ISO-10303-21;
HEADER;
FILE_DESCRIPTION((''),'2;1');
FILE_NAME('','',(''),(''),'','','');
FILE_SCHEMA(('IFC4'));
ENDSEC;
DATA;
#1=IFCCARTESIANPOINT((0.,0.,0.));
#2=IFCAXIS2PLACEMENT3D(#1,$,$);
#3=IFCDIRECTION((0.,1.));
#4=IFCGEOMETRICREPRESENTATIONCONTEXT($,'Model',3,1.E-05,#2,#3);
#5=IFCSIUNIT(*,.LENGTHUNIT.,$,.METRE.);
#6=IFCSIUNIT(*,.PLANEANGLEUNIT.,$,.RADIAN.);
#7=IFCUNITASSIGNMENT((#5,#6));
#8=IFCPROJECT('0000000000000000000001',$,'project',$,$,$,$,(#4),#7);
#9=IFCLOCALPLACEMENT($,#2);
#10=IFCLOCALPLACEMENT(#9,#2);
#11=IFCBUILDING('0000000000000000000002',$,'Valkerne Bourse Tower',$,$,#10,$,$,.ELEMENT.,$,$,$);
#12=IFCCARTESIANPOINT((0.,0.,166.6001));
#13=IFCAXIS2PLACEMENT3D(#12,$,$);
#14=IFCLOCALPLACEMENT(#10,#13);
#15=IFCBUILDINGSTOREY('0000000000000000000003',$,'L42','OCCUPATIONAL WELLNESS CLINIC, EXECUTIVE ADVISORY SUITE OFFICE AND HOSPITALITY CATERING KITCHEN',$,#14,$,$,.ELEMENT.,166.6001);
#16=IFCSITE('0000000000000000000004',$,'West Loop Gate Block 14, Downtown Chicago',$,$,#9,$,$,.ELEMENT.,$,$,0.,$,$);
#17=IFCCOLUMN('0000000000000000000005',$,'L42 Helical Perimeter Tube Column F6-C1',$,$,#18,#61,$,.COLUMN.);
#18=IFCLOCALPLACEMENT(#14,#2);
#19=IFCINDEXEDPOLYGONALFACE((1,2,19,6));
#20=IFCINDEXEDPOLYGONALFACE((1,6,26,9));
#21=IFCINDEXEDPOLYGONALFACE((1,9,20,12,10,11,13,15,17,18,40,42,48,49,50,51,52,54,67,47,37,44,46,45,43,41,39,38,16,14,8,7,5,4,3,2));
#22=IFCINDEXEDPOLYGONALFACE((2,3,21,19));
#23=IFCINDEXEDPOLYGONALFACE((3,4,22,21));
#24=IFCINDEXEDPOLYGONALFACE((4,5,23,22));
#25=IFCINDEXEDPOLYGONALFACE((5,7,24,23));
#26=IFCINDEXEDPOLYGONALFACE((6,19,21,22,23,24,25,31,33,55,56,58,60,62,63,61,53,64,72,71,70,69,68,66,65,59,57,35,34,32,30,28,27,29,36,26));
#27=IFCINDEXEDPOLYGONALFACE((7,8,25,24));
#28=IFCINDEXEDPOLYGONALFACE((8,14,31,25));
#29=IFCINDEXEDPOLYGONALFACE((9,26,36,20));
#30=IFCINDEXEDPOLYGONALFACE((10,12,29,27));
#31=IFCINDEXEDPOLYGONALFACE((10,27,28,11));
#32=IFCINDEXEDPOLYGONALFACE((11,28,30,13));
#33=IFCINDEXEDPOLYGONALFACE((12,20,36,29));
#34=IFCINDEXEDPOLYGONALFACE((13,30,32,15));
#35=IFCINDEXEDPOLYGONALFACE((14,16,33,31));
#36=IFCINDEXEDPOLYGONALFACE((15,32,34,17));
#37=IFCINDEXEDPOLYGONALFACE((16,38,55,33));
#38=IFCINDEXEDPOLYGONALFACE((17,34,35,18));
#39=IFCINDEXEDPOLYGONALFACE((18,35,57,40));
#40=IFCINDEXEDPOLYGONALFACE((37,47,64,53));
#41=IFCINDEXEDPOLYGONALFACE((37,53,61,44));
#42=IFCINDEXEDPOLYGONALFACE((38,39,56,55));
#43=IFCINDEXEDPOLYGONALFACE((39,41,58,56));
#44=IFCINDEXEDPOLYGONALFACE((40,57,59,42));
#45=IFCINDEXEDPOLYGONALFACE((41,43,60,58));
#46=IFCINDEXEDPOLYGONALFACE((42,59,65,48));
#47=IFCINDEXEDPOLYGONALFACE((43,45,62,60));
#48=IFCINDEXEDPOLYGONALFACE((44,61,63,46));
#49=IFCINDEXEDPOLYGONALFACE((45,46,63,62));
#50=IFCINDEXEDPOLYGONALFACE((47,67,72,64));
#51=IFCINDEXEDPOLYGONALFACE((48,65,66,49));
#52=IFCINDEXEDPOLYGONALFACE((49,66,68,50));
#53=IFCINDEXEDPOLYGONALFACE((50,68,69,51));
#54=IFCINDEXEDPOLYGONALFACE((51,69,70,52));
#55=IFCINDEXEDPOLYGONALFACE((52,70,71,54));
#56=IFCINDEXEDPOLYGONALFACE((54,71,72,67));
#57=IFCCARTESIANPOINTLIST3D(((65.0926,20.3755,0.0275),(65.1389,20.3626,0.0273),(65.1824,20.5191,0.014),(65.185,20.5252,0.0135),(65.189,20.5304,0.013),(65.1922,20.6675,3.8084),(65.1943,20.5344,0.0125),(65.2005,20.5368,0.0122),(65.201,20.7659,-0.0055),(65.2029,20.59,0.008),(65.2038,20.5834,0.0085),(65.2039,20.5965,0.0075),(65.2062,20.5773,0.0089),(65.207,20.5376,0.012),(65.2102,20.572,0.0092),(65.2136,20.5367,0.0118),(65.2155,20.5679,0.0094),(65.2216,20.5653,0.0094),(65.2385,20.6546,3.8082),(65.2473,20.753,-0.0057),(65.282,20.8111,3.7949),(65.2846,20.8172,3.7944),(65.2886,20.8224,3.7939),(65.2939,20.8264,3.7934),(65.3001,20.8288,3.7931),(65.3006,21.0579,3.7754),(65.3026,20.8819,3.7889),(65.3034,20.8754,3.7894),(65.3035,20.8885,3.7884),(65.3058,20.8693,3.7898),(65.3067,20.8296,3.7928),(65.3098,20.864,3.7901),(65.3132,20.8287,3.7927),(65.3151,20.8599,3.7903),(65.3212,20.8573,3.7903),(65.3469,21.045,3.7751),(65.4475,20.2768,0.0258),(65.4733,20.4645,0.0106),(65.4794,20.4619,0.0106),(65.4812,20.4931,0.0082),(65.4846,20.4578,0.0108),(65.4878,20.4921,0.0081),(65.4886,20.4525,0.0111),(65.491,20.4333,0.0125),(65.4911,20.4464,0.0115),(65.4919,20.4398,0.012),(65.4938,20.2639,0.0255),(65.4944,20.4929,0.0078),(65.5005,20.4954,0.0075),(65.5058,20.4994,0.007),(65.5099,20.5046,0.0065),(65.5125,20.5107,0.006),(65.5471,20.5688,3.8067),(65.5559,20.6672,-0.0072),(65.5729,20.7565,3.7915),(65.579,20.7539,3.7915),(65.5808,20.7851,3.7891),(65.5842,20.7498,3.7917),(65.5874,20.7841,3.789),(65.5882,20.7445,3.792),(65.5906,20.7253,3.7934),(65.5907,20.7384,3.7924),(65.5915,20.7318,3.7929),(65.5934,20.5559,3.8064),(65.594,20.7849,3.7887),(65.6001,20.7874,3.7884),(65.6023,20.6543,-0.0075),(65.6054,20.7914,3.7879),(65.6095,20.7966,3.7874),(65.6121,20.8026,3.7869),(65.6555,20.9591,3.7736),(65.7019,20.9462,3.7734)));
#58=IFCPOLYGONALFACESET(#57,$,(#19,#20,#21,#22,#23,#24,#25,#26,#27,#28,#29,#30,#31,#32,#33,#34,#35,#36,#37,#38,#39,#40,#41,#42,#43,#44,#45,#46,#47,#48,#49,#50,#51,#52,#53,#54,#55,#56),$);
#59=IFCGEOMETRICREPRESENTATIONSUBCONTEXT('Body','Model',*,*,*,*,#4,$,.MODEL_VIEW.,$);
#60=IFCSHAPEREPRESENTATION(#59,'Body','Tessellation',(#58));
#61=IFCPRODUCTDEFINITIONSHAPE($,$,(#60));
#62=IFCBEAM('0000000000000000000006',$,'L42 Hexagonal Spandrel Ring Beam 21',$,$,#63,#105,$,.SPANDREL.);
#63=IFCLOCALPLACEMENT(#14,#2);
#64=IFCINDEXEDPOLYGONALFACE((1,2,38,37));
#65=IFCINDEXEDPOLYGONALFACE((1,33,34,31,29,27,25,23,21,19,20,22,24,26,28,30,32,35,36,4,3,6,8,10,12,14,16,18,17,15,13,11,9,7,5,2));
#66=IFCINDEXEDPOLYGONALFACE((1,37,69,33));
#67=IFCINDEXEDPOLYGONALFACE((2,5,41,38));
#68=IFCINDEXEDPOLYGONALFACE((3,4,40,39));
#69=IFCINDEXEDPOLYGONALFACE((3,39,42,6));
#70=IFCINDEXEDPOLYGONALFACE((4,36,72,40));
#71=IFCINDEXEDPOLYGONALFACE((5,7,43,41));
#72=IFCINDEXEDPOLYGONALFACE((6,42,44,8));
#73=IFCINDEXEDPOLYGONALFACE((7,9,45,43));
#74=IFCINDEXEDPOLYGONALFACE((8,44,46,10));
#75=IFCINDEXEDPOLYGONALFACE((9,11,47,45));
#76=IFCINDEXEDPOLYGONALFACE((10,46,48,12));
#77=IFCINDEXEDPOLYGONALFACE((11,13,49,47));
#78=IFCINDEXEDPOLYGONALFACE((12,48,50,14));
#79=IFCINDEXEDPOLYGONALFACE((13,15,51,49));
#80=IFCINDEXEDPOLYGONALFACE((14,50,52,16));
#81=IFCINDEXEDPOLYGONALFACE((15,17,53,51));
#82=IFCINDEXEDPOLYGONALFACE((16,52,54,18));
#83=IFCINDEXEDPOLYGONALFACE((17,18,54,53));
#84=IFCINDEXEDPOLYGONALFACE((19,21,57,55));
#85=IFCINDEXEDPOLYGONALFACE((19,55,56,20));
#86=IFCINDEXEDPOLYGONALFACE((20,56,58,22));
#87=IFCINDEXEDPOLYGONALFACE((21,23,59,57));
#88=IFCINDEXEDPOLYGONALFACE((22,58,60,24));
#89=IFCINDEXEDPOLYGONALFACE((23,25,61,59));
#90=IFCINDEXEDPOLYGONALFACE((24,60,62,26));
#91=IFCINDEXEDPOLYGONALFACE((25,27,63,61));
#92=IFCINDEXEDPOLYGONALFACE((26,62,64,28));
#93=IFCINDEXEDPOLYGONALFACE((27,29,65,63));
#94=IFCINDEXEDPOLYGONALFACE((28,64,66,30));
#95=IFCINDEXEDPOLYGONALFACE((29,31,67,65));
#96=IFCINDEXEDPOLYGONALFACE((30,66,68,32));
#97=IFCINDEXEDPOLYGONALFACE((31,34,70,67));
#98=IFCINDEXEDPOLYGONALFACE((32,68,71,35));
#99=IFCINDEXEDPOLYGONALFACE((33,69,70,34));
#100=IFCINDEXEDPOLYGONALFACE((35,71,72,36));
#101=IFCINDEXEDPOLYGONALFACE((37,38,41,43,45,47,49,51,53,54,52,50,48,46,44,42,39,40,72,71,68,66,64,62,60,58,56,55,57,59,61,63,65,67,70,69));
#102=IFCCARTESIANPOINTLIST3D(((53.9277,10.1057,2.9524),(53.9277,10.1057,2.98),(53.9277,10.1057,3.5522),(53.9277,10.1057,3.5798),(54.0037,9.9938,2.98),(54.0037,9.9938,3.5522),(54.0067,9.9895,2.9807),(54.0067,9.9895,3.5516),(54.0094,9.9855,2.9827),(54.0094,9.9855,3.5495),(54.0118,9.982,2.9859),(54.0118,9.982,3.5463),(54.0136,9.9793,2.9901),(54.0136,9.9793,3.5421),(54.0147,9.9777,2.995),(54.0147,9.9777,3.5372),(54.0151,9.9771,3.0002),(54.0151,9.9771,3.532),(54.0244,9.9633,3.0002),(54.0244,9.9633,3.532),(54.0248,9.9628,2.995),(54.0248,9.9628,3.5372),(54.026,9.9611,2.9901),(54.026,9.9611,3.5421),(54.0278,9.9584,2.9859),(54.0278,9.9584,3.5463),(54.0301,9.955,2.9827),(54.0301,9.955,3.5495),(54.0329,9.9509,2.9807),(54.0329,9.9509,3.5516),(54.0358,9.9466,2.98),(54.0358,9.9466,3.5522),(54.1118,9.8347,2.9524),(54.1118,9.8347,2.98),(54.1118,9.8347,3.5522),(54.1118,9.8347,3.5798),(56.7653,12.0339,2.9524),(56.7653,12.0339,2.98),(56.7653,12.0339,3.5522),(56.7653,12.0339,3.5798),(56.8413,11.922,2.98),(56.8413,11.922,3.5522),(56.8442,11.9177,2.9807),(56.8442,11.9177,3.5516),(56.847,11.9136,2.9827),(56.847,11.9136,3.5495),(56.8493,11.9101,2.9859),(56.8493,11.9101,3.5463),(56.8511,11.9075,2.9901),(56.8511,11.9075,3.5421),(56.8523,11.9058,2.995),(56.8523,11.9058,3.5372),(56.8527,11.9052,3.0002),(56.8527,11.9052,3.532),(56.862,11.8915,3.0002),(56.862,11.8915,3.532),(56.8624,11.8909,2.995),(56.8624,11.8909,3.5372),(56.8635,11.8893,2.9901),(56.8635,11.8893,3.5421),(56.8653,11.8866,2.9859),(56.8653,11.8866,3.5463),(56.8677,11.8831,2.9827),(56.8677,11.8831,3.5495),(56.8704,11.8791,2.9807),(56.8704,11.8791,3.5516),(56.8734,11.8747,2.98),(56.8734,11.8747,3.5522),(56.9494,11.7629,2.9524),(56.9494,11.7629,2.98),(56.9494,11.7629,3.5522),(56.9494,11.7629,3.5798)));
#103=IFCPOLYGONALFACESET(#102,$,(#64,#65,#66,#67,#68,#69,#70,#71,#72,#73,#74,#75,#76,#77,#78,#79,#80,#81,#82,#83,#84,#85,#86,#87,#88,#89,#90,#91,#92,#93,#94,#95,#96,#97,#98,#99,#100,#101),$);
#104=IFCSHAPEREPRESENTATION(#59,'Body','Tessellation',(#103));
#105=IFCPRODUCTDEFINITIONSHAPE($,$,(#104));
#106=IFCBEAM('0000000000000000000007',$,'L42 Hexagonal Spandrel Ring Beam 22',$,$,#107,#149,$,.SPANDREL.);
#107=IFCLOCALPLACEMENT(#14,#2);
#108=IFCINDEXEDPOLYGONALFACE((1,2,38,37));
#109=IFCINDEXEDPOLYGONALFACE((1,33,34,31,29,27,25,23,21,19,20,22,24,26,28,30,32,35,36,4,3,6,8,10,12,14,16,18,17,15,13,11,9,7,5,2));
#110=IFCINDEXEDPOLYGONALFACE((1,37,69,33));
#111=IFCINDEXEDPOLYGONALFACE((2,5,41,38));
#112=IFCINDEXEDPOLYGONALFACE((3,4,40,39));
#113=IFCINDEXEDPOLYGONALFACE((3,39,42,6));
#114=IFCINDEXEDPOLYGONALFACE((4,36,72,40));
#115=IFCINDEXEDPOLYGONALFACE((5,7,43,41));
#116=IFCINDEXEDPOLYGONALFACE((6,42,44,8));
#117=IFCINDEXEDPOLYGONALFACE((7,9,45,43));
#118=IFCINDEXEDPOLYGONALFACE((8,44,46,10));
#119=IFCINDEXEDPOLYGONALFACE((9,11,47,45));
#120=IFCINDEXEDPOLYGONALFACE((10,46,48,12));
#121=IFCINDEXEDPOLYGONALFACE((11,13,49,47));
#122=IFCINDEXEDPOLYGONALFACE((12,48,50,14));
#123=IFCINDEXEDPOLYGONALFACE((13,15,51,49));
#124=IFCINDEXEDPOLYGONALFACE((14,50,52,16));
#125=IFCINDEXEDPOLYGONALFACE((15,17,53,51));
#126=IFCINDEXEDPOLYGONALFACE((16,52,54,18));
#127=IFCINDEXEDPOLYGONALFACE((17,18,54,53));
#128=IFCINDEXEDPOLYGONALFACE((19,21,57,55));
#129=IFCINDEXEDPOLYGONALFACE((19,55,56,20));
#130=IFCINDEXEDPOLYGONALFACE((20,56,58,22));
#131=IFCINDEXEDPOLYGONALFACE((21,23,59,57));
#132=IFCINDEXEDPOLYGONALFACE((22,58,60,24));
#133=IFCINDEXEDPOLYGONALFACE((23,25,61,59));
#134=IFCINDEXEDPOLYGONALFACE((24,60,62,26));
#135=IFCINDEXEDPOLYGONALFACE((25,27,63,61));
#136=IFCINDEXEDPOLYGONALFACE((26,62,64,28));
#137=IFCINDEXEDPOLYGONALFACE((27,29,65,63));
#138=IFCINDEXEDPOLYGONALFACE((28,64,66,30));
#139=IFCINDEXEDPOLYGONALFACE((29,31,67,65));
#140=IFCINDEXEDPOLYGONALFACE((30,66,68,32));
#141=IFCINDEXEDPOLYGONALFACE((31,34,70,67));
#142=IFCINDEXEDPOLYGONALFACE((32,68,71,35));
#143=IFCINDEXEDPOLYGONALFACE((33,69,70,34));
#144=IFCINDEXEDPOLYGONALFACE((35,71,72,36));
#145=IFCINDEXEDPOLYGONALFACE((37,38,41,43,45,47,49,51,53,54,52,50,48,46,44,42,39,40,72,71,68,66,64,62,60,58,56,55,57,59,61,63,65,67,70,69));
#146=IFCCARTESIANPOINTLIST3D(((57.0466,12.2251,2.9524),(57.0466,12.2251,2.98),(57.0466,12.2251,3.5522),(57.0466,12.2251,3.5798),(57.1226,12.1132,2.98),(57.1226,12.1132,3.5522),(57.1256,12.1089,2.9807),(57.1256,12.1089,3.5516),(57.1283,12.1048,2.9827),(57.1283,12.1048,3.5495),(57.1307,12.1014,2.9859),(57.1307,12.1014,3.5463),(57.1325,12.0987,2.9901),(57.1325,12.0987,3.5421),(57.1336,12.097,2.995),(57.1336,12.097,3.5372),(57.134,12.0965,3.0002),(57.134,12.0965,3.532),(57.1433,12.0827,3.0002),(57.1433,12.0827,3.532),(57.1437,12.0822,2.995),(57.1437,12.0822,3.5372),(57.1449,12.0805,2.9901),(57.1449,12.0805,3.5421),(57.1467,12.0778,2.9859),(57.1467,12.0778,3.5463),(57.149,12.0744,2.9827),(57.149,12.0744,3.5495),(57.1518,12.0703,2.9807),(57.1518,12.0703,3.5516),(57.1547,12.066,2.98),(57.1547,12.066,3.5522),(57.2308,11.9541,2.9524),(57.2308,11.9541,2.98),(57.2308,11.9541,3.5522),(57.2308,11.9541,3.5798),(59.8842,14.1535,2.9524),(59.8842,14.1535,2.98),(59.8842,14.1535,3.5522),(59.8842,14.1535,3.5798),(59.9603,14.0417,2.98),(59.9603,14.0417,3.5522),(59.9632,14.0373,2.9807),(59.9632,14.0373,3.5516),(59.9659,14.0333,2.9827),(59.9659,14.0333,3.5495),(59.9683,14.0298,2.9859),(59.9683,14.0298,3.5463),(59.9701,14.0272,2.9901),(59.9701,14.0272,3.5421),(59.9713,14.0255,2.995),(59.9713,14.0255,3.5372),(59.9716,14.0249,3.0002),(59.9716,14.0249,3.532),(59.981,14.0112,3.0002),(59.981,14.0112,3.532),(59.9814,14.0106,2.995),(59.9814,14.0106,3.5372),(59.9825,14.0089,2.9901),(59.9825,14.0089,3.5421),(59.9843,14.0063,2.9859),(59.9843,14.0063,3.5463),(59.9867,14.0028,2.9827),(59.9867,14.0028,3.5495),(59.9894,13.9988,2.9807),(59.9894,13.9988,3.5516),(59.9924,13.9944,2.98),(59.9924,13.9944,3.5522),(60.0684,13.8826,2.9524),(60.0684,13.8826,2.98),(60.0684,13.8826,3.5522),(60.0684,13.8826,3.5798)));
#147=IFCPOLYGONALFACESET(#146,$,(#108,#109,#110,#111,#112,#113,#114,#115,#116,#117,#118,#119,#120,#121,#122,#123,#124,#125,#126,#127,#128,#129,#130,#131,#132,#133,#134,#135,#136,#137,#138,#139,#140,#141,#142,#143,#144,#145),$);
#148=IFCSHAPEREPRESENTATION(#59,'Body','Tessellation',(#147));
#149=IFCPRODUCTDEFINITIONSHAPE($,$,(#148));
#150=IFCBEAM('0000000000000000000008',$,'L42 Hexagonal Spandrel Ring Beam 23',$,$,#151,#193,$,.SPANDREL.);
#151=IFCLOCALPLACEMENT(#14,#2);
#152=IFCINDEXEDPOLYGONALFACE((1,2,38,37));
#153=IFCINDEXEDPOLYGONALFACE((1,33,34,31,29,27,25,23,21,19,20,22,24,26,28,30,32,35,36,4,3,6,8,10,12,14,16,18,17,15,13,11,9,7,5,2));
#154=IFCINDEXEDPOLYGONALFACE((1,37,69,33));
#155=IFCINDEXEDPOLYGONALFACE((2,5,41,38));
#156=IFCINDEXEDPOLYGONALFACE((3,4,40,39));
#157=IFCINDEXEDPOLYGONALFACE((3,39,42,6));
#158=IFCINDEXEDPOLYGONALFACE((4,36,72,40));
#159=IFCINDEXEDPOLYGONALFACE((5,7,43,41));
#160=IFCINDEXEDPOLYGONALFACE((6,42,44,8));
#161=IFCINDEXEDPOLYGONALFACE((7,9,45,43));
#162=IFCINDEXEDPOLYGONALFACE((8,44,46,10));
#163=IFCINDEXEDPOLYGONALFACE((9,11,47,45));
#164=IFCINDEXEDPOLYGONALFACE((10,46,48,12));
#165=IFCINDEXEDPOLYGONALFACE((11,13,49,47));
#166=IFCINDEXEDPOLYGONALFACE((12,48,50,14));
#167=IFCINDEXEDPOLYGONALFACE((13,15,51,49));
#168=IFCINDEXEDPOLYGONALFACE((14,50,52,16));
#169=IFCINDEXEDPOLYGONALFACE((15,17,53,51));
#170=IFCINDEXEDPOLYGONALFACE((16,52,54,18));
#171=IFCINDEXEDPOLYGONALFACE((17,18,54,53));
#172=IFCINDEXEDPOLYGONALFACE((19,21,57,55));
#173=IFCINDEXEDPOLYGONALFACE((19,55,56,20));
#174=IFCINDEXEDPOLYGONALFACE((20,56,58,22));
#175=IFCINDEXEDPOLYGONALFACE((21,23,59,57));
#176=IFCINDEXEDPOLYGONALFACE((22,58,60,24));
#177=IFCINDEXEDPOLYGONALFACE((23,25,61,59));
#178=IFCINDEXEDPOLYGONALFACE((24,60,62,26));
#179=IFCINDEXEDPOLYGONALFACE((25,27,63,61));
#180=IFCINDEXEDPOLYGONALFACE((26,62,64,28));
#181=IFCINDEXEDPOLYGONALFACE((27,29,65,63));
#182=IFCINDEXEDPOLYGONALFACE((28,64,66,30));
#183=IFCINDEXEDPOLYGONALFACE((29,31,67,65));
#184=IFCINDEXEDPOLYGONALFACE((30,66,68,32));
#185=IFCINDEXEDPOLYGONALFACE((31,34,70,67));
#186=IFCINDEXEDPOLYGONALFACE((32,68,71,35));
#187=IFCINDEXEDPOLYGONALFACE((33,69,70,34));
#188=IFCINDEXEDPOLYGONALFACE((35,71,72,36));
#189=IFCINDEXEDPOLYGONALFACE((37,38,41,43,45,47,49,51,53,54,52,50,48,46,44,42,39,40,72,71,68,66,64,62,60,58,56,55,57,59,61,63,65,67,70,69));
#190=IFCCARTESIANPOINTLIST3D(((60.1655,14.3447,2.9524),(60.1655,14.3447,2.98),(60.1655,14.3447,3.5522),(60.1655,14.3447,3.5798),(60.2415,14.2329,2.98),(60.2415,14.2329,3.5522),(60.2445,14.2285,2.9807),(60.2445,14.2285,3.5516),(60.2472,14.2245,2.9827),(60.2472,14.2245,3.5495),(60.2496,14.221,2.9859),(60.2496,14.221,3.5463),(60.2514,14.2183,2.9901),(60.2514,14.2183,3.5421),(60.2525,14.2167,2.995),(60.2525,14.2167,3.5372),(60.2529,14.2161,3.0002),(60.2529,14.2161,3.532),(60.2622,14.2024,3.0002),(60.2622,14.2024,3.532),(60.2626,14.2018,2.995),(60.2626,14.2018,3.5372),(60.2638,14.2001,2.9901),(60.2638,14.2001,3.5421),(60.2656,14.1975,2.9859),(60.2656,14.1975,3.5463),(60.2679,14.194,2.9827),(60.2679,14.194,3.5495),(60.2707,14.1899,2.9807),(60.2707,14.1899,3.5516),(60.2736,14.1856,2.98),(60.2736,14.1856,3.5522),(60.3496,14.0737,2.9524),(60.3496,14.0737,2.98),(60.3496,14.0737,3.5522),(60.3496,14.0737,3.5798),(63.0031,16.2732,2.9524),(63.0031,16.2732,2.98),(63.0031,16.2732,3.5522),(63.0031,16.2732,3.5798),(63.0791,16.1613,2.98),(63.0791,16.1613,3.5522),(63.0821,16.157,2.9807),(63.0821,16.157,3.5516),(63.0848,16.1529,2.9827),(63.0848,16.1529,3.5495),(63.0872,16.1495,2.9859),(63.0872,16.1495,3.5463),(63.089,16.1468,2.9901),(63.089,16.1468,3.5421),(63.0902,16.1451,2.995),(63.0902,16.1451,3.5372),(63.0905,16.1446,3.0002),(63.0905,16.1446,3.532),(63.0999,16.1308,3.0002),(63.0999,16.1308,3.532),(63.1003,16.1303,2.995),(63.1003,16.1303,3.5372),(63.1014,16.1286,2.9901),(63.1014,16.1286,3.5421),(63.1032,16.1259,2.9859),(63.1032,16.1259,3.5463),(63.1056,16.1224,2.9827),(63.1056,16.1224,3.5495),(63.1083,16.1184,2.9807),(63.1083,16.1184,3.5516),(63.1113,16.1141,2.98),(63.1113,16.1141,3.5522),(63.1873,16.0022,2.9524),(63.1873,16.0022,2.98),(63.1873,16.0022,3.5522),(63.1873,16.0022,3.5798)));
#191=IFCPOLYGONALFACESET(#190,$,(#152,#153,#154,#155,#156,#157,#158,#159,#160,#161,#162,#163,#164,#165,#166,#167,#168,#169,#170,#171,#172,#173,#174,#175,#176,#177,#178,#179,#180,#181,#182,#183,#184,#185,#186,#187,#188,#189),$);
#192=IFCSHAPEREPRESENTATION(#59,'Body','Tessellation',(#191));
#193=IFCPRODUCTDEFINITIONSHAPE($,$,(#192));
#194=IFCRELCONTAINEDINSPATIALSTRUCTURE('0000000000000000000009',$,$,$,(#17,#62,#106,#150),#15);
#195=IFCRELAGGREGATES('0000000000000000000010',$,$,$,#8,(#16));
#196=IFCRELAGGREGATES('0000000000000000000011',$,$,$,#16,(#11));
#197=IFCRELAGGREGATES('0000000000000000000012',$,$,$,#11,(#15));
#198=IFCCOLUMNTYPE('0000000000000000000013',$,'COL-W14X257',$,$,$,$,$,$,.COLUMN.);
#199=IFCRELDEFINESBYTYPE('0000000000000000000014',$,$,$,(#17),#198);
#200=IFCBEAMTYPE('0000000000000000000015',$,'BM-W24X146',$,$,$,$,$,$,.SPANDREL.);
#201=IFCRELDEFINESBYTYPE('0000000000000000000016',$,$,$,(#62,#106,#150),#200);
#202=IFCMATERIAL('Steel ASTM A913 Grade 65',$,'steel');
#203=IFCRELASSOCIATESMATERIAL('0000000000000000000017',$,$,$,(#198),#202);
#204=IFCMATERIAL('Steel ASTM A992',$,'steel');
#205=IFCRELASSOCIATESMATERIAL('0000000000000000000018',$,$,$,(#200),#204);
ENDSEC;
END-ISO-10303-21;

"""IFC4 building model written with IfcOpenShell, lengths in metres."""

from ifc_helpers import new_model, si_unit, direction, frame, origin, origin_2d, place, context, subcontext, project, spatial, i_section, extrude, material, material_profile, profile_set, type_object, element, save


model = new_model("IFC4")

# Units and contexts
model_context = context("Model", 3, precision=1e-05, world=origin(), true_north=direction((0.0, 1.0)))
body_context = subcontext(model_context, "Body", "Model", "MODEL_VIEW")
ifc_project = project(units=[si_unit("LENGTHUNIT", "METRE"), si_unit("PLANEANGLEUNIT", "RADIAN")], contexts=[model_context])

# Site, building, storey
site_placement = place(None, origin())
site = spatial("IfcSite", under=ifc_project, at=site_placement, Name="West Loop Gate Block 14, Downtown Chicago", CompositionType="ELEMENT", RefElevation=0.0)
building_placement = place(site_placement, origin())
building = spatial("IfcBuilding", under=site, at=building_placement, Name="Valkerne Bourse Tower", CompositionType="ELEMENT")
storey_placement = place(building_placement, frame((0.0, 0.0, 166.6001)))
storey = spatial("IfcBuildingStorey", under=building, at=storey_placement, Name="L42", Description="OCCUPATIONAL WELLNESS CLINIC, EXECUTIVE ADVISORY SUITE OFFICE AND HOSPITALITY CATERING KITCHEN", CompositionType="ELEMENT", Elevation=166.6001)

# Column
ifc_material_1 = material(Name="Steel ASTM A913 Grade 65", Category="steel")
ifc_material_profile_1 = material_profile(ifc_material_1, i_section(OverallWidth=0.4065, OverallDepth=0.4165, WebThickness=0.0298, FlangeThickness=0.0481, FilletRadius=0.0254, at=origin_2d()), Name="W14X257")
ifc_profile_set_1 = profile_set([ifc_material_profile_1], Name="Steel ASTM A913 Grade 65")
column_type = type_object("IfcColumnType", Name="COL-W14X257", PredefinedType="COLUMN", material=ifc_profile_set_1)
column_1_placement = place(storey_placement, frame((65.3474, 20.5149, 0.01), z_axis=(0.026257, 0.07697, 0.996688), x_axis=(-0.266783, -0.960331, 0.081191)))
element("IfcColumn", 1, at=column_1_placement, inside=storey, type_object=column_type, Name="L42 Helical Perimeter Tube Column F6-C1", PredefinedType="COLUMN", context=body_context, shape_type="SweptSolid", body=[
    extrude(i_section(OverallWidth=0.4065, OverallDepth=0.4165, WebThickness=0.0298, FlangeThickness=0.0481, FilletRadius=0.0254, at=origin_2d()), origin(), (0.0, 0.0, 1.0), 3.7935),
])

# Beams
ifc_material_2 = material(Name="Steel ASTM A992", Category="steel")
ifc_material_profile_2 = material_profile(ifc_material_2, i_section(OverallWidth=0.3276, OverallDepth=0.6274, WebThickness=0.0166, FlangeThickness=0.0276, FilletRadius=0.0203, at=origin_2d()), Name="W24X146")
ifc_profile_set_2 = profile_set([ifc_material_profile_2], Name="Steel ASTM A992")
beam_type = type_object("IfcBeamType", Name="BM-W24X146", PredefinedType="SPANDREL", material=ifc_profile_set_2)
beam_1_placement = place(storey_placement, frame((54.0198, 9.9702, 3.2661), z_axis=(0.827113, 0.562036, 0.0), x_axis=(-0.562036, 0.827113, 0.0)))
element("IfcBeam", 2, at=beam_1_placement, inside=storey, type_object=beam_type, Name="L42 Hexagonal Spandrel Ring Beam 21", PredefinedType="SPANDREL", context=body_context, shape_type="SweptSolid", body=[
    extrude(i_section(OverallWidth=0.3276, OverallDepth=0.6274, WebThickness=0.0166, FlangeThickness=0.0276, FilletRadius=0.0203, at=origin_2d()), origin(), (0.0, 0.0, 1.0), 3.4307),
])
for number, where, z_axis, x_axis, name in (
    (3, (57.1387, 12.0896, 3.2661), (0.82708, 0.562084, 0.0), (-0.562084, 0.82708, 0.0), "L42 Hexagonal Spandrel Ring Beam 22"),
    (4, (60.2576, 14.2092, 3.2661), (0.82708, 0.562084, 0.0), (-0.562084, 0.82708, 0.0), "L42 Hexagonal Spandrel Ring Beam 23"),
):
    element("IfcBeam", number, at=place(storey_placement, frame(where, z_axis=z_axis, x_axis=x_axis)), inside=storey, type_object=beam_type, Name=name, PredefinedType="SPANDREL", context=body_context, shape_type="SweptSolid", body=[
        extrude(i_section(OverallWidth=0.3276, OverallDepth=0.6274, WebThickness=0.0166, FlangeThickness=0.0276, FilletRadius=0.0203, at=origin_2d()), origin(), (0.0, 0.0, 1.0), 3.4309),
    ])

save(model, "model.ifc")
